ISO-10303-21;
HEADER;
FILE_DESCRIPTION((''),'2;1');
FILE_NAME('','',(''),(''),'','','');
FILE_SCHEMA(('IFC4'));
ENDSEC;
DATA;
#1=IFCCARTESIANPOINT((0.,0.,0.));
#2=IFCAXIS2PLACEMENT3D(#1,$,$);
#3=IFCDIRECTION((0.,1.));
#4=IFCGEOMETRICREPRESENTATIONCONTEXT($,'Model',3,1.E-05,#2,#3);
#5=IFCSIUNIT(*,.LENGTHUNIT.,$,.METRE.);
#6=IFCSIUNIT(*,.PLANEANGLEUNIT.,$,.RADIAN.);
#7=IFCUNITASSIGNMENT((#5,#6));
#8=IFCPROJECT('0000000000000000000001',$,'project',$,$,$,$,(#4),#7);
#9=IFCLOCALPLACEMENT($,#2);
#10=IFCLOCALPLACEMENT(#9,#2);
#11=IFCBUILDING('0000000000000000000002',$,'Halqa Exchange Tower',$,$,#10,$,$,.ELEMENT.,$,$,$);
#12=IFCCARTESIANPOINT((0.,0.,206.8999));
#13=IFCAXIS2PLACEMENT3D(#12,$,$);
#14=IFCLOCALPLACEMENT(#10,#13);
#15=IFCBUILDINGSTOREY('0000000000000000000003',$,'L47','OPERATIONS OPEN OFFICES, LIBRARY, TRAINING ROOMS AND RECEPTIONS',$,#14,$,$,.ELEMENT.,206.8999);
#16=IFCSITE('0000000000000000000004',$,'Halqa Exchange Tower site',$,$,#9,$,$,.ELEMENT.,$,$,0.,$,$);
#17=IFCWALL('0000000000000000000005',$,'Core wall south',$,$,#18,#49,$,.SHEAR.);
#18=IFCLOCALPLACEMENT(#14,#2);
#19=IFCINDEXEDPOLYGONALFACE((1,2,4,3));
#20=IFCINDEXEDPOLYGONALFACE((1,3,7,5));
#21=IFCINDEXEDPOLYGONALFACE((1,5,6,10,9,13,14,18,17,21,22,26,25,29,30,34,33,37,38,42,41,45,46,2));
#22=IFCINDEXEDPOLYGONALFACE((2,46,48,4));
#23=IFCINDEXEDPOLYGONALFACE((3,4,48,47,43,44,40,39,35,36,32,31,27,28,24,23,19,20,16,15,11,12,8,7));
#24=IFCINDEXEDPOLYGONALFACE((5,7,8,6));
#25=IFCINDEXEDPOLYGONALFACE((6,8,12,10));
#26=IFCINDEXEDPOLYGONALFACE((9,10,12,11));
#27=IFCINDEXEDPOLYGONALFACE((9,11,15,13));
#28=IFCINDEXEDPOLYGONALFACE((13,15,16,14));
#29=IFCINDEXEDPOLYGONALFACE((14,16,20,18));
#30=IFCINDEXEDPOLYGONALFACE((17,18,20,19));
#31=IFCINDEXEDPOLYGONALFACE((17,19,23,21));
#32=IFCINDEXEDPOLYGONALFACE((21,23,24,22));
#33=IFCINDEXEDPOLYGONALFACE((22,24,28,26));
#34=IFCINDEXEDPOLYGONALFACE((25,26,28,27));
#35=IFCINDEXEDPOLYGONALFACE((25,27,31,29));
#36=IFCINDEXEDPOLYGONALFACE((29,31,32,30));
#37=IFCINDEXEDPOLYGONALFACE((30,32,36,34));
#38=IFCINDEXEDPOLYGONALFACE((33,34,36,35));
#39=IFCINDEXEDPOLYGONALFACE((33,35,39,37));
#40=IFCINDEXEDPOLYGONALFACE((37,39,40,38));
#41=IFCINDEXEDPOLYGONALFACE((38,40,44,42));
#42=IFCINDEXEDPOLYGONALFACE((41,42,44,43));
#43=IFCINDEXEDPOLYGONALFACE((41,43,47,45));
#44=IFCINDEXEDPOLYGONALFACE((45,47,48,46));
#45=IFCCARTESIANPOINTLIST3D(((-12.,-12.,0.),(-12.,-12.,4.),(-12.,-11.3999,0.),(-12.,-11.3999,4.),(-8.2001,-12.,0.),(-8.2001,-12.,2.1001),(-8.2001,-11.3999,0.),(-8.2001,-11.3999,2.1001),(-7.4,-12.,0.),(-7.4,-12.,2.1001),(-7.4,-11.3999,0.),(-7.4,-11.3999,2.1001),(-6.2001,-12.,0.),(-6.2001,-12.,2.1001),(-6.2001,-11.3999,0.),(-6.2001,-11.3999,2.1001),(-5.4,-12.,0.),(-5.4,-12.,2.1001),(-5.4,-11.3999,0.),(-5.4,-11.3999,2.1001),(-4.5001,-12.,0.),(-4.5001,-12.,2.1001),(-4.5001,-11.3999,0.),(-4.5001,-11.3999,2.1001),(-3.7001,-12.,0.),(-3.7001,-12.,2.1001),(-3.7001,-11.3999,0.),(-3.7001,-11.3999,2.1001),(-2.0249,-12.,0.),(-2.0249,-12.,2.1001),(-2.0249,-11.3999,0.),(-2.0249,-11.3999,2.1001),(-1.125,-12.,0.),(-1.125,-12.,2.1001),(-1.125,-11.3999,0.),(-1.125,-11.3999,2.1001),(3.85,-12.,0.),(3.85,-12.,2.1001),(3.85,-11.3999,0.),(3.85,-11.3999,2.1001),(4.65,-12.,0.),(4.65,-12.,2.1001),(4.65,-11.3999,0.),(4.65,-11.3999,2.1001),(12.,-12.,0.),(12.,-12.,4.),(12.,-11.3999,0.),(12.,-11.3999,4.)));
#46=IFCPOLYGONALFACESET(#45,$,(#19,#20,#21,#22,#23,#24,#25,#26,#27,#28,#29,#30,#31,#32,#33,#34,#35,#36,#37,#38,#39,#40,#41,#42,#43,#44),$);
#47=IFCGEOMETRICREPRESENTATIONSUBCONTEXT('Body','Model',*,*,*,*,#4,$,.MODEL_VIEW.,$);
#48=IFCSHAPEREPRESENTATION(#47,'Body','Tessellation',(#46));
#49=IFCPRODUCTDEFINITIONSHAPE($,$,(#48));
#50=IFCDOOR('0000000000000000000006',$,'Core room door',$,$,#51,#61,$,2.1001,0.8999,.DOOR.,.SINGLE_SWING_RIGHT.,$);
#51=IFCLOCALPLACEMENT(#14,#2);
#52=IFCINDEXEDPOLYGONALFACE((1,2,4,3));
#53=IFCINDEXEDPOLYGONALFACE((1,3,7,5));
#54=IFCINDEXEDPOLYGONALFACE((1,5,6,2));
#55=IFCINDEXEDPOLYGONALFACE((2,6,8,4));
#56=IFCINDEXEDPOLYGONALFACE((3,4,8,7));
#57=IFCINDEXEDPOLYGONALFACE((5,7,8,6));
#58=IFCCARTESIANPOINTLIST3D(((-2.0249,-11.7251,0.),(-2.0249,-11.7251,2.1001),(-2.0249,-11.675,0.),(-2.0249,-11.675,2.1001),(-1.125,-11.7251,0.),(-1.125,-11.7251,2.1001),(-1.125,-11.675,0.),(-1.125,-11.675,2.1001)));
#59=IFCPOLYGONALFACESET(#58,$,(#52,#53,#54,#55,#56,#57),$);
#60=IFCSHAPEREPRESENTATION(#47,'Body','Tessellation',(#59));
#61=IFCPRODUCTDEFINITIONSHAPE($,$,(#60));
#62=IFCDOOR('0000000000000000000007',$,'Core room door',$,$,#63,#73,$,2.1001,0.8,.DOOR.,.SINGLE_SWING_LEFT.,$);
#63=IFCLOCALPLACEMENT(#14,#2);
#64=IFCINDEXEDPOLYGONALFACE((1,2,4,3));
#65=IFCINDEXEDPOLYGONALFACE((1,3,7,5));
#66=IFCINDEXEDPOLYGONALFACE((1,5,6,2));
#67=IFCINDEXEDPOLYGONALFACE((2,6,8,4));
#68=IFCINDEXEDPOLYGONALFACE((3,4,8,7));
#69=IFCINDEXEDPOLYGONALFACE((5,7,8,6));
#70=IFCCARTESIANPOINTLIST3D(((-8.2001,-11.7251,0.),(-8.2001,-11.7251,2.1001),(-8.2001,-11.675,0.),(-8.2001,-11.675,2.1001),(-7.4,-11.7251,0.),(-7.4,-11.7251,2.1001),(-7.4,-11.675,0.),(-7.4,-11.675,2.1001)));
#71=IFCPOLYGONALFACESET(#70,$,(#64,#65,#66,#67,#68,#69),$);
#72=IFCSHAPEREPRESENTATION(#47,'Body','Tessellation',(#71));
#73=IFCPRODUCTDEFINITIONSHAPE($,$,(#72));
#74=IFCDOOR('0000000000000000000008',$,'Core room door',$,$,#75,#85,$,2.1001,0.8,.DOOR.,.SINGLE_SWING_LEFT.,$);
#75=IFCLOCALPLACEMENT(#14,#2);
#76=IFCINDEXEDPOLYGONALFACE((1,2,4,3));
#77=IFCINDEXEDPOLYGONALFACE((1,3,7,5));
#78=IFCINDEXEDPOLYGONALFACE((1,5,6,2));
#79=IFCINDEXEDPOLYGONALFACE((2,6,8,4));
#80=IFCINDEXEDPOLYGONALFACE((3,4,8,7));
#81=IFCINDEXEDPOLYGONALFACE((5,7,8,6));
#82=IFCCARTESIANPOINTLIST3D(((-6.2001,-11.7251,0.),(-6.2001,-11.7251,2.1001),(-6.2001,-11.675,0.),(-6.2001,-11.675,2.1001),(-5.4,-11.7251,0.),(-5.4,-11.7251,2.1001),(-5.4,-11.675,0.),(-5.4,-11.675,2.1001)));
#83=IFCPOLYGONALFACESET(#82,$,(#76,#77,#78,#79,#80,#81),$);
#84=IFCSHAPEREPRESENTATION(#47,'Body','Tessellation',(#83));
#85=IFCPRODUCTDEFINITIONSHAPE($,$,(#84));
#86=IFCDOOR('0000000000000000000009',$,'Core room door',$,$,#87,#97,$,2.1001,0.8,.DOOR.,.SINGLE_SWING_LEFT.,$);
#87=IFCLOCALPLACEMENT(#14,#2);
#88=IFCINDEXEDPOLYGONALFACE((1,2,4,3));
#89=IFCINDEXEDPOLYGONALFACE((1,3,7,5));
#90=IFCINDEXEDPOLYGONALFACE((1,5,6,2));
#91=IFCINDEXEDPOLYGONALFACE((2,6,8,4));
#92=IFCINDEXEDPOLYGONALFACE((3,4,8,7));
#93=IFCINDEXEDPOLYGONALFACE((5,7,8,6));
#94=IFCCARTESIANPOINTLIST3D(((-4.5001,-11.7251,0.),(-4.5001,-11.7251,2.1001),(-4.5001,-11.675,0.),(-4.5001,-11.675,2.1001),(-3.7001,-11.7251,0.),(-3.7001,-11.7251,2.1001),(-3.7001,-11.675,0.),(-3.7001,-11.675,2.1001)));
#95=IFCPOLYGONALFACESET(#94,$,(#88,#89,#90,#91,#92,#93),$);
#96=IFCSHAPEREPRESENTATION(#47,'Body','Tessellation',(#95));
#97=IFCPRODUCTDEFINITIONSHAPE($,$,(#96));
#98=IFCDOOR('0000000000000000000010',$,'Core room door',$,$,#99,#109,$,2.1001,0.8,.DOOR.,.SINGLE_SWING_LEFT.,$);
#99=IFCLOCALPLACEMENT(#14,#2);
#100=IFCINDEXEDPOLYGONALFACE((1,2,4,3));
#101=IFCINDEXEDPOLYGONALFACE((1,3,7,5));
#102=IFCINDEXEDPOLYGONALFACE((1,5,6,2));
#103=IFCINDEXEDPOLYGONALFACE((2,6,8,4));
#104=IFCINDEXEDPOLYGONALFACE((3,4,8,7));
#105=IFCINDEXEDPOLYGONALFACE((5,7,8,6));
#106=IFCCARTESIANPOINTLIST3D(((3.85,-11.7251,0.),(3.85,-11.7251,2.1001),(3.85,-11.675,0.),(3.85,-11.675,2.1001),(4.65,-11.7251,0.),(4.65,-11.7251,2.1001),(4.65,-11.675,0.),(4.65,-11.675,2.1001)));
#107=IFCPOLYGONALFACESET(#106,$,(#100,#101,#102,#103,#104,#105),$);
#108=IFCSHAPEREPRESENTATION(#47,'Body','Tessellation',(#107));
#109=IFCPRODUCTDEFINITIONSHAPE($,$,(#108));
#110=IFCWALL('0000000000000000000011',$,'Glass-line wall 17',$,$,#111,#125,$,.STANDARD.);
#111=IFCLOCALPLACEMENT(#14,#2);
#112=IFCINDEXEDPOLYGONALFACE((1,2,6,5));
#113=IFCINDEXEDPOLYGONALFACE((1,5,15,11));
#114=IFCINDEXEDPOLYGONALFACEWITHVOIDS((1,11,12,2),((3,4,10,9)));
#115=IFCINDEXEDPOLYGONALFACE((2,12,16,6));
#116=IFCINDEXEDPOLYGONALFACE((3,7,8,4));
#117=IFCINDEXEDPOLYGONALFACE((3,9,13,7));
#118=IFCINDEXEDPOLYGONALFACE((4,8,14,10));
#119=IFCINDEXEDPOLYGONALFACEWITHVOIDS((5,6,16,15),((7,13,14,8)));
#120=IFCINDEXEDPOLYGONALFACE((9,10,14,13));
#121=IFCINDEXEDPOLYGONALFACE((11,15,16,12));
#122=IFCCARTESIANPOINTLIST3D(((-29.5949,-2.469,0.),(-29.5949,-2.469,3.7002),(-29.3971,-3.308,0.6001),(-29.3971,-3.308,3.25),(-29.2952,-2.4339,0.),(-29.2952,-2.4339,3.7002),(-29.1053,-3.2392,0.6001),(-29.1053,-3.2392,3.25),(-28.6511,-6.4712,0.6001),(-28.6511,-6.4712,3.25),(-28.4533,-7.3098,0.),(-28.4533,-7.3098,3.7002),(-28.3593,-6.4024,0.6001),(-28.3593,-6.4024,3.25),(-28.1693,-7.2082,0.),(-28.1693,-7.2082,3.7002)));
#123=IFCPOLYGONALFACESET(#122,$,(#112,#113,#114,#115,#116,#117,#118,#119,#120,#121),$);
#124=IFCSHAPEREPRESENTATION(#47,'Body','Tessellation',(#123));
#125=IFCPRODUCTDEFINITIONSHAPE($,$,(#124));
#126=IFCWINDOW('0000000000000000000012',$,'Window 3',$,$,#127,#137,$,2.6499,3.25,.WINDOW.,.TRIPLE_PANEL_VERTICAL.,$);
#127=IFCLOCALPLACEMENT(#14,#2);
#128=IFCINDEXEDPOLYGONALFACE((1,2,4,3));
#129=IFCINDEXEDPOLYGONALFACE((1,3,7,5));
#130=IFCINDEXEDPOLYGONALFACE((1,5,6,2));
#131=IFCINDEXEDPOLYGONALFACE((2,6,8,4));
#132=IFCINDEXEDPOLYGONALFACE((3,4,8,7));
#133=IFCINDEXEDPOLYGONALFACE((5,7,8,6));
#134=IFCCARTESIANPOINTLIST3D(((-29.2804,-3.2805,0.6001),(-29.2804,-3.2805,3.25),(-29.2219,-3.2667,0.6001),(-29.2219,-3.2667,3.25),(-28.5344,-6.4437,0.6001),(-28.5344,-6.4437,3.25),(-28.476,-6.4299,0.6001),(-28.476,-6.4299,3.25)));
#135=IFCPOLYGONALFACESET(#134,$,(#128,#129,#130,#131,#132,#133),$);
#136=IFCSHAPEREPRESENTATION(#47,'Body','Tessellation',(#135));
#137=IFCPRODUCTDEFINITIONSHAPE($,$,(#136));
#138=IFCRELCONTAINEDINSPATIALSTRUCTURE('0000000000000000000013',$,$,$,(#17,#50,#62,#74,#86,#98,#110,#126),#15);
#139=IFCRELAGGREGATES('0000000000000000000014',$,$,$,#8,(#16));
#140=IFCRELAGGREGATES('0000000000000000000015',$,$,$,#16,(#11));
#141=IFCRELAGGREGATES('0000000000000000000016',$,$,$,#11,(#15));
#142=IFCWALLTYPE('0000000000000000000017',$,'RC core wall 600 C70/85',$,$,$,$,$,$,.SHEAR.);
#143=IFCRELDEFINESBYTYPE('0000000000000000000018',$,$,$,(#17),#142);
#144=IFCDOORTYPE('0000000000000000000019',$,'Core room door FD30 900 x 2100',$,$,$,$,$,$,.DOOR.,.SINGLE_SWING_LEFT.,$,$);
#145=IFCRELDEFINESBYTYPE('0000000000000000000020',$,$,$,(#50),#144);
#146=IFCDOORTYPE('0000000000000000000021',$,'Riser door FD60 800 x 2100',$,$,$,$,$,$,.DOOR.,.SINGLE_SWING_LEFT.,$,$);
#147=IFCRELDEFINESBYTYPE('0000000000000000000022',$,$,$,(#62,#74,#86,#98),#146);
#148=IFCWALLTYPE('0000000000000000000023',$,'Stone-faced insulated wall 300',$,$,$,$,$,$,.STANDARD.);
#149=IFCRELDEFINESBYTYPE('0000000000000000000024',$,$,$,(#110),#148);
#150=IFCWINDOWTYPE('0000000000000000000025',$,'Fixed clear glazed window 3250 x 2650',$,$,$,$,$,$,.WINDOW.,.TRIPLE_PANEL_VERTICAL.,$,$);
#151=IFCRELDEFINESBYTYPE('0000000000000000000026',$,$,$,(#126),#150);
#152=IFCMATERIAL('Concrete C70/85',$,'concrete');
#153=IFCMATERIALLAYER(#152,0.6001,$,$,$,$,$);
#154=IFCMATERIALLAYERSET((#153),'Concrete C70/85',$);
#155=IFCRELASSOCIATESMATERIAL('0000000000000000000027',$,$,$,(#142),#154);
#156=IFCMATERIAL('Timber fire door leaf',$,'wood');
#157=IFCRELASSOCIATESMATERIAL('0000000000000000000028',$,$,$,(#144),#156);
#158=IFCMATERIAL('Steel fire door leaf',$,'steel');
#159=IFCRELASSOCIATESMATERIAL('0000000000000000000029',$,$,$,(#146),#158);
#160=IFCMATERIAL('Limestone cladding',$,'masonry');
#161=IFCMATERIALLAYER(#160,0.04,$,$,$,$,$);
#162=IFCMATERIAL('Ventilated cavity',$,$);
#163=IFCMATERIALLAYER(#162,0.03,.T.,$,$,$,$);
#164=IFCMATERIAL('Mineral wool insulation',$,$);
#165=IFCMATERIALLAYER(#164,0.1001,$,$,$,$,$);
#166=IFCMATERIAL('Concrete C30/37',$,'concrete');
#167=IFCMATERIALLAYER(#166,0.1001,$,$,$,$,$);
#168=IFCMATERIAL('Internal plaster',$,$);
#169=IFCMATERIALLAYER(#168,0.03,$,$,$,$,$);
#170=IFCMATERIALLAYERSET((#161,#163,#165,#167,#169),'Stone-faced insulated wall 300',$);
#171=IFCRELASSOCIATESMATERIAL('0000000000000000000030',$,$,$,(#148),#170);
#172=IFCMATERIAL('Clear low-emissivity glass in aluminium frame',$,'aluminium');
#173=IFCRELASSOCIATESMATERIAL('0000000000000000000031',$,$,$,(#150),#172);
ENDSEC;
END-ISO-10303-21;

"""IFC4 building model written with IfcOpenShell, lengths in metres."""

from ifc_helpers import new_model, si_unit, direction, frame, frame_2d, origin, place, context, subcontext, project, spatial, polyline, rectangle, outline, extrude, material, layer, layer_set, type_object, element, fill, save


model = new_model("IFC4")

# Units and contexts
model_context = context("Model", 3, precision=1e-05, world=origin(), true_north=direction((0.0, 1.0)))
body_context = subcontext(model_context, "Body", "Model", "MODEL_VIEW")
ifc_project = project(units=[si_unit("LENGTHUNIT", "METRE"), si_unit("PLANEANGLEUNIT", "RADIAN")], contexts=[model_context])

# Site, building, storey
site_placement = place(None, origin())
site = spatial("IfcSite", under=ifc_project, at=site_placement, Name="Halqa Exchange Tower site", CompositionType="ELEMENT", RefElevation=0.0)
building_placement = place(site_placement, origin())
building = spatial("IfcBuilding", under=site, at=building_placement, Name="Halqa Exchange Tower", CompositionType="ELEMENT")
storey_placement = place(building_placement, frame((0.0, 0.0, 206.8999)))
storey = spatial("IfcBuildingStorey", under=building, at=storey_placement, Name="L47", Description="OPERATIONS OPEN OFFICES, LIBRARY, TRAINING ROOMS AND RECEPTIONS", CompositionType="ELEMENT", Elevation=206.8999)

# Wall, openings, doors
ifc_material_1 = material(Name="Concrete C70/85", Category="concrete")
ifc_layer_1 = layer(ifc_material_1, 0.6001)
ifc_layer_set_1 = layer_set([ifc_layer_1], Name="Concrete C70/85")
wall_type_1 = type_object("IfcWallType", Name="RC core wall 600 C70/85", PredefinedType="SHEAR", material=ifc_layer_set_1)
wall_1_placement = place(storey_placement, frame((-12.0, -11.7, 0.0), z_axis=(0.0, 0.0, 1.0), x_axis=(1.0, 0.0, 0.0)))
wall_1 = element("IfcWall", 1, at=wall_1_placement, inside=storey, type_object=wall_type_1, Name="Core wall south", PredefinedType="SHEAR", context=body_context, shape_type="SweptSolid", body=[
    extrude(rectangle(XDim=24.0, YDim=0.6001, at=frame_2d((12.0, 0.0))), origin(), (0.0, 0.0, 1.0), 4.0),
])
opening_1_placement = place(wall_1_placement, frame((9.9751, 0.0, 0.0)))
opening_1 = element("IfcOpeningElement", 2, at=opening_1_placement, cuts=wall_1, PredefinedType="OPENING", context=body_context, shape_type="SweptSolid", body=[
    extrude(rectangle(XDim=0.8999, YDim=2.1001, at=frame_2d((0.45, 1.05))), frame((0.0, 0.312, 0.0), z_axis=(0.0, -1.0, 0.0), x_axis=(1.0, 0.0, 0.0)), (0.0, 0.0, 1.0), 0.624),
])
opening_2_placement = place(wall_1_placement, frame((3.8, 0.0, 0.0)))
opening_2 = element("IfcOpeningElement", 3, at=opening_2_placement, cuts=wall_1, PredefinedType="OPENING", context=body_context, shape_type="SweptSolid", body=[
    extrude(rectangle(XDim=0.8, YDim=2.1001, at=frame_2d((0.3999, 1.05))), frame((0.0, 0.312, 0.0), z_axis=(0.0, -1.0, 0.0), x_axis=(1.0, 0.0, 0.0)), (0.0, 0.0, 1.0), 0.624),
])
opening_3_placement = place(wall_1_placement, frame((5.8, 0.0, 0.0)))
opening_3 = element("IfcOpeningElement", 4, at=opening_3_placement, cuts=wall_1, PredefinedType="OPENING", context=body_context, shape_type="SweptSolid", body=[
    extrude(rectangle(XDim=0.8, YDim=2.1001, at=frame_2d((0.3999, 1.05))), frame((0.0, 0.312, 0.0), z_axis=(0.0, -1.0, 0.0), x_axis=(1.0, 0.0, 0.0)), (0.0, 0.0, 1.0), 0.624),
])
opening_4_placement = place(wall_1_placement, frame((7.5, 0.0, 0.0)))
opening_4 = element("IfcOpeningElement", 5, at=opening_4_placement, cuts=wall_1, PredefinedType="OPENING", context=body_context, shape_type="SweptSolid", body=[
    extrude(rectangle(XDim=0.8, YDim=2.1001, at=frame_2d((0.3999, 1.05))), frame((0.0, 0.312, 0.0), z_axis=(0.0, -1.0, 0.0), x_axis=(1.0, 0.0, 0.0)), (0.0, 0.0, 1.0), 0.624),
])
opening_5_placement = place(wall_1_placement, frame((15.8501, 0.0, 0.0)))
opening_5 = element("IfcOpeningElement", 6, at=opening_5_placement, cuts=wall_1, PredefinedType="OPENING", context=body_context, shape_type="SweptSolid", body=[
    extrude(rectangle(XDim=0.8, YDim=2.1001, at=frame_2d((0.3999, 1.05))), frame((0.0, 0.312, 0.0), z_axis=(0.0, -1.0, 0.0), x_axis=(1.0, 0.0, 0.0)), (0.0, 0.0, 1.0), 0.624),
])
ifc_material_2 = material(Name="Timber fire door leaf", Category="wood")
door_type_1 = type_object("IfcDoorType", Name="Core room door FD30 900 x 2100", OperationType="SINGLE_SWING_LEFT", PredefinedType="DOOR", material=ifc_material_2)
door_1_placement = place(opening_1_placement, origin())
door_1 = element("IfcDoor", 7, at=door_1_placement, inside=storey, type_object=door_type_1, Name="Core room door", OperationType="SINGLE_SWING_RIGHT", OverallHeight=2.1001, OverallWidth=0.8999, PredefinedType="DOOR", context=body_context, shape_type="SweptSolid", body=[
    extrude(rectangle(XDim=0.8999, YDim=2.1001, at=frame_2d((0.45, 1.05))), frame((0.0, 0.0249, 0.0), z_axis=(0.0, -1.0, 0.0), x_axis=(1.0, 0.0, 0.0)), (0.0, 0.0, 1.0), 0.05),
])
fill(opening_1, door_1)
ifc_material_3 = material(Name="Steel fire door leaf", Category="steel")
door_type_2 = type_object("IfcDoorType", Name="Riser door FD60 800 x 2100", OperationType="SINGLE_SWING_LEFT", PredefinedType="DOOR", material=ifc_material_3)
door_2_placement = place(opening_2_placement, origin())
door_2 = element("IfcDoor", 8, at=door_2_placement, inside=storey, type_object=door_type_2, Name="Core room door", OperationType="SINGLE_SWING_LEFT", OverallHeight=2.1001, OverallWidth=0.8, PredefinedType="DOOR", context=body_context, shape_type="SweptSolid", body=[
    extrude(rectangle(XDim=0.8, YDim=2.1001, at=frame_2d((0.3999, 1.05))), frame((0.0, 0.0249, 0.0), z_axis=(0.0, -1.0, 0.0), x_axis=(1.0, 0.0, 0.0)), (0.0, 0.0, 1.0), 0.05),
])
fill(opening_2, door_2)
door_3_placement = place(opening_3_placement, origin())
door_3 = element("IfcDoor", 9, at=door_3_placement, inside=storey, type_object=door_type_2, Name="Core room door", OperationType="SINGLE_SWING_LEFT", OverallHeight=2.1001, OverallWidth=0.8, PredefinedType="DOOR", context=body_context, shape_type="SweptSolid", body=[
    extrude(rectangle(XDim=0.8, YDim=2.1001, at=frame_2d((0.3999, 1.05))), frame((0.0, 0.0249, 0.0), z_axis=(0.0, -1.0, 0.0), x_axis=(1.0, 0.0, 0.0)), (0.0, 0.0, 1.0), 0.05),
])
fill(opening_3, door_3)
door_4_placement = place(opening_4_placement, origin())
door_4 = element("IfcDoor", 10, at=door_4_placement, inside=storey, type_object=door_type_2, Name="Core room door", OperationType="SINGLE_SWING_LEFT", OverallHeight=2.1001, OverallWidth=0.8, PredefinedType="DOOR", context=body_context, shape_type="SweptSolid", body=[
    extrude(rectangle(XDim=0.8, YDim=2.1001, at=frame_2d((0.3999, 1.05))), frame((0.0, 0.0249, 0.0), z_axis=(0.0, -1.0, 0.0), x_axis=(1.0, 0.0, 0.0)), (0.0, 0.0, 1.0), 0.05),
])
fill(opening_4, door_4)
door_5_placement = place(opening_5_placement, origin())
door_5 = element("IfcDoor", 11, at=door_5_placement, inside=storey, type_object=door_type_2, Name="Core room door", OperationType="SINGLE_SWING_LEFT", OverallHeight=2.1001, OverallWidth=0.8, PredefinedType="DOOR", context=body_context, shape_type="SweptSolid", body=[
    extrude(rectangle(XDim=0.8, YDim=2.1001, at=frame_2d((0.3999, 1.05))), frame((0.0, 0.0249, 0.0), z_axis=(0.0, -1.0, 0.0), x_axis=(1.0, 0.0, 0.0)), (0.0, 0.0, 1.0), 0.05),
])
fill(opening_5, door_5)

# Wall, opening, window
ifc_material_4 = material(Name="Limestone cladding", Category="masonry")
ifc_layer_2 = layer(ifc_material_4, 0.04)
ifc_material_5 = material(Name="Ventilated cavity")
ifc_layer_3 = layer(ifc_material_5, 0.03, ventilated=True)
ifc_material_6 = material(Name="Mineral wool insulation")
ifc_layer_4 = layer(ifc_material_6, 0.1001)
ifc_material_7 = material(Name="Concrete C30/37", Category="concrete")
ifc_layer_5 = layer(ifc_material_7, 0.1001)
ifc_material_8 = material(Name="Internal plaster")
ifc_layer_6 = layer(ifc_material_8, 0.03)
ifc_layer_set_2 = layer_set([ifc_layer_2, ifc_layer_3, ifc_layer_4, ifc_layer_5, ifc_layer_6], Name="Stone-faced insulated wall 300")
wall_type_2 = type_object("IfcWallType", Name="Stone-faced insulated wall 300", PredefinedType="STANDARD", material=ifc_layer_set_2)
wall_2_placement = place(storey_placement, frame((-29.4451, -2.4514, 0.0), z_axis=(0.0, 0.0, 1.0), x_axis=(0.229535, -0.9733, 0.0)))
wall_2 = element("IfcWall", 12, at=wall_2_placement, inside=storey, type_object=wall_type_2, Name="Glass-line wall 17", PredefinedType="STANDARD", context=body_context, shape_type="SweptSolid", body=[
    extrude(outline(polyline([(-0.0173, -0.1499), (4.9563, -0.1499), (4.9226, 0.1499), (0.0173, 0.1499), (-0.0173, -0.1499)])), origin(), (0.0, 0.0, 1.0), 3.7002),
])
opening_6_placement = place(wall_2_placement, frame((0.8447, 0.0, 0.6001)))
opening_6 = element("IfcOpeningElement", 13, at=opening_6_placement, cuts=wall_2, PredefinedType="OPENING", context=body_context, shape_type="SweptSolid", body=[
    extrude(rectangle(XDim=3.25, YDim=2.6499, at=frame_2d((1.625, 1.325))), frame((0.0, 0.1621, 0.0), z_axis=(0.0, -1.0, 0.0), x_axis=(1.0, 0.0, 0.0)), (0.0, 0.0, 1.0), 0.324),
])
ifc_material_9 = material(Name="Clear low-emissivity glass in aluminium frame", Category="aluminium")
window_type = type_object("IfcWindowType", Name="Fixed clear glazed window 3250 x 2650", PartitioningType="TRIPLE_PANEL_VERTICAL", PredefinedType="WINDOW", material=ifc_material_9)
window_1_placement = place(opening_6_placement, origin())
window_1 = element("IfcWindow", 14, at=window_1_placement, inside=storey, type_object=window_type, Name="Window 3", OverallHeight=2.6499, OverallWidth=3.25, PartitioningType="TRIPLE_PANEL_VERTICAL", PredefinedType="WINDOW", context=body_context, shape_type="SweptSolid", body=[
    extrude(rectangle(XDim=3.25, YDim=2.6499, at=frame_2d((1.625, 1.325))), frame((0.0, 0.03, 0.0), z_axis=(0.0, -1.0, 0.0), x_axis=(1.0, 0.0, 0.0)), (0.0, 0.0, 1.0), 0.0601),
])
fill(opening_6, window_1)

save(model, "model.ifc")
